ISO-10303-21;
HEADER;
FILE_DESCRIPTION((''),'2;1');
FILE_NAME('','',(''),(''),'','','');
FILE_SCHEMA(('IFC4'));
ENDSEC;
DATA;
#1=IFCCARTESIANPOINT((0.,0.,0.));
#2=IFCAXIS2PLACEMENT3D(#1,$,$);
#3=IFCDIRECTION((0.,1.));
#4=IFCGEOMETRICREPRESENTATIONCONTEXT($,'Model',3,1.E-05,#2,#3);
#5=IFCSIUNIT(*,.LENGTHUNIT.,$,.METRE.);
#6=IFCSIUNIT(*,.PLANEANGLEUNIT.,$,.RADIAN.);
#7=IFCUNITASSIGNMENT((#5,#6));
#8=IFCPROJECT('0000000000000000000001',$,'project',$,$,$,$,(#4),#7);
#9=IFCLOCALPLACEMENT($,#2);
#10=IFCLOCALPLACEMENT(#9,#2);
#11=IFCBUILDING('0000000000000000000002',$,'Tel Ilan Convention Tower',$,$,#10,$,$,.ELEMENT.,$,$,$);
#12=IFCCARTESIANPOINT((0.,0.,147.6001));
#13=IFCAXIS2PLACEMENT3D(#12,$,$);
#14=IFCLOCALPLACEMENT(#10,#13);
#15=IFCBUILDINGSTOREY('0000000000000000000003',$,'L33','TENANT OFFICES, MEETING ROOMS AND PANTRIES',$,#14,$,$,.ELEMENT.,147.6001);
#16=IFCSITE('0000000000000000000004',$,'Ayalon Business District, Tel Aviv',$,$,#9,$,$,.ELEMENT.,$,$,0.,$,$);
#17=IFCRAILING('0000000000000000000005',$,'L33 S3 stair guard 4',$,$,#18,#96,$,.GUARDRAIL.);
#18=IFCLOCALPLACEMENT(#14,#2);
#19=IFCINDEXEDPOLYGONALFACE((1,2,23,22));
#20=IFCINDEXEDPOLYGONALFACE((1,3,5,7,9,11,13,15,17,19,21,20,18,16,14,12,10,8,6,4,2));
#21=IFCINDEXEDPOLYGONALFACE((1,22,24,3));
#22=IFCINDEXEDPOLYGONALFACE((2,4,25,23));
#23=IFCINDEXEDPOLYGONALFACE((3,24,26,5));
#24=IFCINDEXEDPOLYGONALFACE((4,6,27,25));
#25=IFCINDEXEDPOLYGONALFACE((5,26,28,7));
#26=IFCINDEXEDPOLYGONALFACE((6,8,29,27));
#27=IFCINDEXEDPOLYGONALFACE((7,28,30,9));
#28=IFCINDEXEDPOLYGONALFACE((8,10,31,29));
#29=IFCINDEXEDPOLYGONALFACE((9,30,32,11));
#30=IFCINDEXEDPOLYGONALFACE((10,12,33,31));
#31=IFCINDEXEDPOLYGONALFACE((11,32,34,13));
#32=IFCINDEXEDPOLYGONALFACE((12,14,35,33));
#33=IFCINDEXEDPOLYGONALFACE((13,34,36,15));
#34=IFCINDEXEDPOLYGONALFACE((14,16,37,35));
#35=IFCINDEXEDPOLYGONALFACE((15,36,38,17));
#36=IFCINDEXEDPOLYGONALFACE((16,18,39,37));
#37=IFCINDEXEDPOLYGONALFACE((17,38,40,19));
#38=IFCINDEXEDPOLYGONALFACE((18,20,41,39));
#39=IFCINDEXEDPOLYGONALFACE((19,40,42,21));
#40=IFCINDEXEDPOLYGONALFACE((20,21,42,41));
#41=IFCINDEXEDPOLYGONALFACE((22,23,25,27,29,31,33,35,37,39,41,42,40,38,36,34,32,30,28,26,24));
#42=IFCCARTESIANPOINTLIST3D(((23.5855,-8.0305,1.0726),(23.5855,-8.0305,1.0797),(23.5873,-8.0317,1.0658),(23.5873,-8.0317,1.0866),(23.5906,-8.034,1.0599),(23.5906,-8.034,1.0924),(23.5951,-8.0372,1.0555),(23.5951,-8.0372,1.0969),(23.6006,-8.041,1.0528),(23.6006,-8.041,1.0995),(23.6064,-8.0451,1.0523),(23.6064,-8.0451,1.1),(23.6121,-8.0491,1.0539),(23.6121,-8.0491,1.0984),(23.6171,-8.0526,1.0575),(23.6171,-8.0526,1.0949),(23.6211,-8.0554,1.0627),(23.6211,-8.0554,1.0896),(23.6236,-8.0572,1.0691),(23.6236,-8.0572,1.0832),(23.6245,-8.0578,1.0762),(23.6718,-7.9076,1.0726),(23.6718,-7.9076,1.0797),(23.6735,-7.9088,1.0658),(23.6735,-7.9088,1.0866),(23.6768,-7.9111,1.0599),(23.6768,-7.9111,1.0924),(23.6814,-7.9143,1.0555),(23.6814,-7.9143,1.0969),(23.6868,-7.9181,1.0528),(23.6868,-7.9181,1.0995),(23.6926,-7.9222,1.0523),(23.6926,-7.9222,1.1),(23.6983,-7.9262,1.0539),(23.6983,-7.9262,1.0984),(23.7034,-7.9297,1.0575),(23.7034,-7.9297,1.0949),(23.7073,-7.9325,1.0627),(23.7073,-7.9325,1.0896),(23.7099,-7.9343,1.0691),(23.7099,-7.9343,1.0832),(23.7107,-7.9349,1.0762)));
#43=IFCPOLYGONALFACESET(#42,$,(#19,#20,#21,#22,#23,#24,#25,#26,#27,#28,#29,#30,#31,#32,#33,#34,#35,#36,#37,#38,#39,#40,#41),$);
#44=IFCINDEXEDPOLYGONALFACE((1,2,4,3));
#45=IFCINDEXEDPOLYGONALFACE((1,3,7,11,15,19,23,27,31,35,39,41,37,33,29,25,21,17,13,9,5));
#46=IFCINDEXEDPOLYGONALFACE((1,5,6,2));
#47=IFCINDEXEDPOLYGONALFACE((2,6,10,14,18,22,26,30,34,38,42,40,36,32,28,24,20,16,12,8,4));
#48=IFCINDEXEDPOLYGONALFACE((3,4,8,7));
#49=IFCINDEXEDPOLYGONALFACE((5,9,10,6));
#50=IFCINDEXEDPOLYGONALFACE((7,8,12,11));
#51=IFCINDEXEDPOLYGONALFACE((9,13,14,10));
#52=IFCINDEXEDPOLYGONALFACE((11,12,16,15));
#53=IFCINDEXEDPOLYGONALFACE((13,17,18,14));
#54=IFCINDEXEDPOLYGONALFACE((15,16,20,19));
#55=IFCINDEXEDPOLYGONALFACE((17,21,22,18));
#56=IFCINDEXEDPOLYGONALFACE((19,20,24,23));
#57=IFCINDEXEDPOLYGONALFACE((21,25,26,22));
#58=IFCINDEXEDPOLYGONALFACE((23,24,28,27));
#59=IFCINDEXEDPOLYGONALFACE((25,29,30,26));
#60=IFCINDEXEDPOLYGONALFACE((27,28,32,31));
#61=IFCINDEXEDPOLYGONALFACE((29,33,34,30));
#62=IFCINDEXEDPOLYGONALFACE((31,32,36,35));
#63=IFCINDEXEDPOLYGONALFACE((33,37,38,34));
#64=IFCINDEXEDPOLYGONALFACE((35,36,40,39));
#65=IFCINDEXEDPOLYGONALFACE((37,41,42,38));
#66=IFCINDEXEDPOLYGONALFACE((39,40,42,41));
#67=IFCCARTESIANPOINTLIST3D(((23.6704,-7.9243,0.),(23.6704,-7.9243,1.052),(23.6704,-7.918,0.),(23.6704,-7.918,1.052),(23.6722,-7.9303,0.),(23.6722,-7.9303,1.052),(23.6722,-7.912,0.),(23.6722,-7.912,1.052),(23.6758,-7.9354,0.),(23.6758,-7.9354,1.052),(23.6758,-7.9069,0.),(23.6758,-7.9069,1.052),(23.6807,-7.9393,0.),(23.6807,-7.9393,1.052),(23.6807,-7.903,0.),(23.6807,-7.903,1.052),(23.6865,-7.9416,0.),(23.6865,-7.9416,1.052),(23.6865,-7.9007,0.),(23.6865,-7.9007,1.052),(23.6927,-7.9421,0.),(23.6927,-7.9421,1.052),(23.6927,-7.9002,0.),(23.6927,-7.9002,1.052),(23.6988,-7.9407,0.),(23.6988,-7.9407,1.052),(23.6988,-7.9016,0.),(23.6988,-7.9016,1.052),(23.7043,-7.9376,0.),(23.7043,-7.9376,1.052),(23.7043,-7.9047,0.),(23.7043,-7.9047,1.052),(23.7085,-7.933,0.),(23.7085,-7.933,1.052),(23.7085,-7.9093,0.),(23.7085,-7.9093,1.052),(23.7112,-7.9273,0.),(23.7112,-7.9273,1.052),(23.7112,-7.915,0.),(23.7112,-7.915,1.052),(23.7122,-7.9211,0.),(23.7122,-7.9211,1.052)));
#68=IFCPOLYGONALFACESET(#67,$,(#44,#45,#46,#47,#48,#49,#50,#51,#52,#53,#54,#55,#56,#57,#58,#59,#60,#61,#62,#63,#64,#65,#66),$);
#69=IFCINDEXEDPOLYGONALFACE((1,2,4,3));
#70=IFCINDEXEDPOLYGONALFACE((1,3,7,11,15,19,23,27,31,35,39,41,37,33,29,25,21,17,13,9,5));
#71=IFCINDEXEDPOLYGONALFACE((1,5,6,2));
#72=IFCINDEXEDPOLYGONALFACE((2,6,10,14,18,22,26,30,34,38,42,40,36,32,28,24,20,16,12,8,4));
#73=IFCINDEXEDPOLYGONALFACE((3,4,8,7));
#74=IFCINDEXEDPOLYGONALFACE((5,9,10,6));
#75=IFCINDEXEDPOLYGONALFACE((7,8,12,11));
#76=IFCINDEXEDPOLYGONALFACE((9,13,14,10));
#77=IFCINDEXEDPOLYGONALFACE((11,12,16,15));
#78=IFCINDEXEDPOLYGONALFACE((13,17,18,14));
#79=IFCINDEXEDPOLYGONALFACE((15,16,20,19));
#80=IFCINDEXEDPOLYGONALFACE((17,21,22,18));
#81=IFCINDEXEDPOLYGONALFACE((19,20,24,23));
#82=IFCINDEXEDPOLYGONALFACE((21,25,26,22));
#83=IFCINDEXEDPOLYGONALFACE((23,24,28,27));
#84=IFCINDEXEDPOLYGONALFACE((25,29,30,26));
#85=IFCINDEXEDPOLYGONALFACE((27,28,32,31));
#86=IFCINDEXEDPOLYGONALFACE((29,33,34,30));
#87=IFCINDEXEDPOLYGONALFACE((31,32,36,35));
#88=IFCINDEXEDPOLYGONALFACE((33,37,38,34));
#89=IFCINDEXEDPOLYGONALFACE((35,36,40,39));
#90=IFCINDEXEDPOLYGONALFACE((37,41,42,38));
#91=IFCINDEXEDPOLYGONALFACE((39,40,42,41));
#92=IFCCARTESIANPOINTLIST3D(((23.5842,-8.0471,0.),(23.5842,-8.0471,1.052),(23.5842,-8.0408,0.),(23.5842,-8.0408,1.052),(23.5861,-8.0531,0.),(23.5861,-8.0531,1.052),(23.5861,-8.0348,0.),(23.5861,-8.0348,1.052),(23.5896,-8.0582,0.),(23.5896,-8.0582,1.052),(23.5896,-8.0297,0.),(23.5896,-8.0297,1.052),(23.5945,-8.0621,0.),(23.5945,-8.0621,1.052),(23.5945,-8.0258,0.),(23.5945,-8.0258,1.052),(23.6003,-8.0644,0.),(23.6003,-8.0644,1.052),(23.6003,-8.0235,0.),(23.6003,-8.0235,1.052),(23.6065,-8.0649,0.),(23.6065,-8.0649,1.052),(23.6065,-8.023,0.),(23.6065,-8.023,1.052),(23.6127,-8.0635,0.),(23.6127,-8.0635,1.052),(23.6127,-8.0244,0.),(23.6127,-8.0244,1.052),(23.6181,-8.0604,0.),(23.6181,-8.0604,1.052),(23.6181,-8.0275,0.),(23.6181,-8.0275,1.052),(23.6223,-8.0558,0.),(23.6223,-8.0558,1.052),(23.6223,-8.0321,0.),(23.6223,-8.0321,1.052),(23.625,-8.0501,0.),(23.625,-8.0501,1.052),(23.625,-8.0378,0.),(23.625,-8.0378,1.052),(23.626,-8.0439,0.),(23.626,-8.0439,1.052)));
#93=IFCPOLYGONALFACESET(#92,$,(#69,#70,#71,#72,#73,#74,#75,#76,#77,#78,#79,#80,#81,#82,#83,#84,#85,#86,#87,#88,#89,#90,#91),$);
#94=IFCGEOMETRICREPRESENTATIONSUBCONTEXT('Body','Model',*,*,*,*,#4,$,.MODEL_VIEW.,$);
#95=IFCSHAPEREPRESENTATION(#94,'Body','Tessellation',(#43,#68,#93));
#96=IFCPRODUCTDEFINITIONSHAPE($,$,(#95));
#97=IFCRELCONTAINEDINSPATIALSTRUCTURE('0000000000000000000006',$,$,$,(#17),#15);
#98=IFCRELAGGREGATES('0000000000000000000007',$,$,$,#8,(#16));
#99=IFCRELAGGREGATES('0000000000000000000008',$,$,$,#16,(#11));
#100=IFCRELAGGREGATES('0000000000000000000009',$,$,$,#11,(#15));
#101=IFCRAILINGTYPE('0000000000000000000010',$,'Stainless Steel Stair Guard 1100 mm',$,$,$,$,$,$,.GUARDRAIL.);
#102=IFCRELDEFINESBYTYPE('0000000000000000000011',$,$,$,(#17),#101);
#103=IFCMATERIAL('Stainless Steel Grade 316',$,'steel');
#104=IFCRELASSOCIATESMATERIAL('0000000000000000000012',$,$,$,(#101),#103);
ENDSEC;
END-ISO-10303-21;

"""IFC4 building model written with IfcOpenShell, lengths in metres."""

from ifc_helpers import new_model, si_unit, direction, frame, origin, origin_2d, place, context, subcontext, project, spatial, circle, extrude, material, type_object, element, save


model = new_model("IFC4")

# Units and contexts
model_context = context("Model", 3, precision=1e-05, world=origin(), true_north=direction((0.0, 1.0)))
body_context = subcontext(model_context, "Body", "Model", "MODEL_VIEW")
ifc_project = project(units=[si_unit("LENGTHUNIT", "METRE"), si_unit("PLANEANGLEUNIT", "RADIAN")], contexts=[model_context])

# Site, building, storey
site_placement = place(None, origin())
site = spatial("IfcSite", under=ifc_project, at=site_placement, Name="Ayalon Business District, Tel Aviv", CompositionType="ELEMENT", RefElevation=0.0)
building_placement = place(site_placement, origin())
building = spatial("IfcBuilding", under=site, at=building_placement, Name="Tel Ilan Convention Tower", CompositionType="ELEMENT")
storey_placement = place(building_placement, frame((0.0, 0.0, 147.6001)))
storey = spatial("IfcBuildingStorey", under=building, at=storey_placement, Name="L33", Description="TENANT OFFICES, MEETING ROOMS AND PANTRIES", CompositionType="ELEMENT", Elevation=147.6001)

# Railing
ifc_material_1 = material(Name="Stainless Steel Grade 316", Category="steel")
railing_type_1 = type_object("IfcRailingType", Name="Stainless Steel Stair Guard 1100 mm", PredefinedType="GUARDRAIL", material=ifc_material_1)
railing_1_placement = place(storey_placement, frame((23.6912, -7.9211, 0.0)))
element("IfcRailing", 1, at=railing_1_placement, inside=storey, type_object=railing_type_1, Name="L33 S3 stair guard 4", PredefinedType="GUARDRAIL", context=body_context, shape_type="SweptSolid", body=[
    extrude(circle(Radius=0.0239, at=origin_2d()), frame((0.0, 0.0, 1.0762), z_axis=(-0.574445, -0.818543, 0.0), x_axis=(0.818543, -0.574445, 0.0)), (0.0, 0.0, 1.0), 0.1501),
    extrude(circle(Radius=0.021, at=origin_2d()), origin(), (0.0, 0.0, 1.0), 1.052),
    extrude(circle(Radius=0.021, at=origin_2d()), frame((-0.0862, -0.1228, 0.0)), (0.0, 0.0, 1.0), 1.052),
])

save(model, "model.ifc")
